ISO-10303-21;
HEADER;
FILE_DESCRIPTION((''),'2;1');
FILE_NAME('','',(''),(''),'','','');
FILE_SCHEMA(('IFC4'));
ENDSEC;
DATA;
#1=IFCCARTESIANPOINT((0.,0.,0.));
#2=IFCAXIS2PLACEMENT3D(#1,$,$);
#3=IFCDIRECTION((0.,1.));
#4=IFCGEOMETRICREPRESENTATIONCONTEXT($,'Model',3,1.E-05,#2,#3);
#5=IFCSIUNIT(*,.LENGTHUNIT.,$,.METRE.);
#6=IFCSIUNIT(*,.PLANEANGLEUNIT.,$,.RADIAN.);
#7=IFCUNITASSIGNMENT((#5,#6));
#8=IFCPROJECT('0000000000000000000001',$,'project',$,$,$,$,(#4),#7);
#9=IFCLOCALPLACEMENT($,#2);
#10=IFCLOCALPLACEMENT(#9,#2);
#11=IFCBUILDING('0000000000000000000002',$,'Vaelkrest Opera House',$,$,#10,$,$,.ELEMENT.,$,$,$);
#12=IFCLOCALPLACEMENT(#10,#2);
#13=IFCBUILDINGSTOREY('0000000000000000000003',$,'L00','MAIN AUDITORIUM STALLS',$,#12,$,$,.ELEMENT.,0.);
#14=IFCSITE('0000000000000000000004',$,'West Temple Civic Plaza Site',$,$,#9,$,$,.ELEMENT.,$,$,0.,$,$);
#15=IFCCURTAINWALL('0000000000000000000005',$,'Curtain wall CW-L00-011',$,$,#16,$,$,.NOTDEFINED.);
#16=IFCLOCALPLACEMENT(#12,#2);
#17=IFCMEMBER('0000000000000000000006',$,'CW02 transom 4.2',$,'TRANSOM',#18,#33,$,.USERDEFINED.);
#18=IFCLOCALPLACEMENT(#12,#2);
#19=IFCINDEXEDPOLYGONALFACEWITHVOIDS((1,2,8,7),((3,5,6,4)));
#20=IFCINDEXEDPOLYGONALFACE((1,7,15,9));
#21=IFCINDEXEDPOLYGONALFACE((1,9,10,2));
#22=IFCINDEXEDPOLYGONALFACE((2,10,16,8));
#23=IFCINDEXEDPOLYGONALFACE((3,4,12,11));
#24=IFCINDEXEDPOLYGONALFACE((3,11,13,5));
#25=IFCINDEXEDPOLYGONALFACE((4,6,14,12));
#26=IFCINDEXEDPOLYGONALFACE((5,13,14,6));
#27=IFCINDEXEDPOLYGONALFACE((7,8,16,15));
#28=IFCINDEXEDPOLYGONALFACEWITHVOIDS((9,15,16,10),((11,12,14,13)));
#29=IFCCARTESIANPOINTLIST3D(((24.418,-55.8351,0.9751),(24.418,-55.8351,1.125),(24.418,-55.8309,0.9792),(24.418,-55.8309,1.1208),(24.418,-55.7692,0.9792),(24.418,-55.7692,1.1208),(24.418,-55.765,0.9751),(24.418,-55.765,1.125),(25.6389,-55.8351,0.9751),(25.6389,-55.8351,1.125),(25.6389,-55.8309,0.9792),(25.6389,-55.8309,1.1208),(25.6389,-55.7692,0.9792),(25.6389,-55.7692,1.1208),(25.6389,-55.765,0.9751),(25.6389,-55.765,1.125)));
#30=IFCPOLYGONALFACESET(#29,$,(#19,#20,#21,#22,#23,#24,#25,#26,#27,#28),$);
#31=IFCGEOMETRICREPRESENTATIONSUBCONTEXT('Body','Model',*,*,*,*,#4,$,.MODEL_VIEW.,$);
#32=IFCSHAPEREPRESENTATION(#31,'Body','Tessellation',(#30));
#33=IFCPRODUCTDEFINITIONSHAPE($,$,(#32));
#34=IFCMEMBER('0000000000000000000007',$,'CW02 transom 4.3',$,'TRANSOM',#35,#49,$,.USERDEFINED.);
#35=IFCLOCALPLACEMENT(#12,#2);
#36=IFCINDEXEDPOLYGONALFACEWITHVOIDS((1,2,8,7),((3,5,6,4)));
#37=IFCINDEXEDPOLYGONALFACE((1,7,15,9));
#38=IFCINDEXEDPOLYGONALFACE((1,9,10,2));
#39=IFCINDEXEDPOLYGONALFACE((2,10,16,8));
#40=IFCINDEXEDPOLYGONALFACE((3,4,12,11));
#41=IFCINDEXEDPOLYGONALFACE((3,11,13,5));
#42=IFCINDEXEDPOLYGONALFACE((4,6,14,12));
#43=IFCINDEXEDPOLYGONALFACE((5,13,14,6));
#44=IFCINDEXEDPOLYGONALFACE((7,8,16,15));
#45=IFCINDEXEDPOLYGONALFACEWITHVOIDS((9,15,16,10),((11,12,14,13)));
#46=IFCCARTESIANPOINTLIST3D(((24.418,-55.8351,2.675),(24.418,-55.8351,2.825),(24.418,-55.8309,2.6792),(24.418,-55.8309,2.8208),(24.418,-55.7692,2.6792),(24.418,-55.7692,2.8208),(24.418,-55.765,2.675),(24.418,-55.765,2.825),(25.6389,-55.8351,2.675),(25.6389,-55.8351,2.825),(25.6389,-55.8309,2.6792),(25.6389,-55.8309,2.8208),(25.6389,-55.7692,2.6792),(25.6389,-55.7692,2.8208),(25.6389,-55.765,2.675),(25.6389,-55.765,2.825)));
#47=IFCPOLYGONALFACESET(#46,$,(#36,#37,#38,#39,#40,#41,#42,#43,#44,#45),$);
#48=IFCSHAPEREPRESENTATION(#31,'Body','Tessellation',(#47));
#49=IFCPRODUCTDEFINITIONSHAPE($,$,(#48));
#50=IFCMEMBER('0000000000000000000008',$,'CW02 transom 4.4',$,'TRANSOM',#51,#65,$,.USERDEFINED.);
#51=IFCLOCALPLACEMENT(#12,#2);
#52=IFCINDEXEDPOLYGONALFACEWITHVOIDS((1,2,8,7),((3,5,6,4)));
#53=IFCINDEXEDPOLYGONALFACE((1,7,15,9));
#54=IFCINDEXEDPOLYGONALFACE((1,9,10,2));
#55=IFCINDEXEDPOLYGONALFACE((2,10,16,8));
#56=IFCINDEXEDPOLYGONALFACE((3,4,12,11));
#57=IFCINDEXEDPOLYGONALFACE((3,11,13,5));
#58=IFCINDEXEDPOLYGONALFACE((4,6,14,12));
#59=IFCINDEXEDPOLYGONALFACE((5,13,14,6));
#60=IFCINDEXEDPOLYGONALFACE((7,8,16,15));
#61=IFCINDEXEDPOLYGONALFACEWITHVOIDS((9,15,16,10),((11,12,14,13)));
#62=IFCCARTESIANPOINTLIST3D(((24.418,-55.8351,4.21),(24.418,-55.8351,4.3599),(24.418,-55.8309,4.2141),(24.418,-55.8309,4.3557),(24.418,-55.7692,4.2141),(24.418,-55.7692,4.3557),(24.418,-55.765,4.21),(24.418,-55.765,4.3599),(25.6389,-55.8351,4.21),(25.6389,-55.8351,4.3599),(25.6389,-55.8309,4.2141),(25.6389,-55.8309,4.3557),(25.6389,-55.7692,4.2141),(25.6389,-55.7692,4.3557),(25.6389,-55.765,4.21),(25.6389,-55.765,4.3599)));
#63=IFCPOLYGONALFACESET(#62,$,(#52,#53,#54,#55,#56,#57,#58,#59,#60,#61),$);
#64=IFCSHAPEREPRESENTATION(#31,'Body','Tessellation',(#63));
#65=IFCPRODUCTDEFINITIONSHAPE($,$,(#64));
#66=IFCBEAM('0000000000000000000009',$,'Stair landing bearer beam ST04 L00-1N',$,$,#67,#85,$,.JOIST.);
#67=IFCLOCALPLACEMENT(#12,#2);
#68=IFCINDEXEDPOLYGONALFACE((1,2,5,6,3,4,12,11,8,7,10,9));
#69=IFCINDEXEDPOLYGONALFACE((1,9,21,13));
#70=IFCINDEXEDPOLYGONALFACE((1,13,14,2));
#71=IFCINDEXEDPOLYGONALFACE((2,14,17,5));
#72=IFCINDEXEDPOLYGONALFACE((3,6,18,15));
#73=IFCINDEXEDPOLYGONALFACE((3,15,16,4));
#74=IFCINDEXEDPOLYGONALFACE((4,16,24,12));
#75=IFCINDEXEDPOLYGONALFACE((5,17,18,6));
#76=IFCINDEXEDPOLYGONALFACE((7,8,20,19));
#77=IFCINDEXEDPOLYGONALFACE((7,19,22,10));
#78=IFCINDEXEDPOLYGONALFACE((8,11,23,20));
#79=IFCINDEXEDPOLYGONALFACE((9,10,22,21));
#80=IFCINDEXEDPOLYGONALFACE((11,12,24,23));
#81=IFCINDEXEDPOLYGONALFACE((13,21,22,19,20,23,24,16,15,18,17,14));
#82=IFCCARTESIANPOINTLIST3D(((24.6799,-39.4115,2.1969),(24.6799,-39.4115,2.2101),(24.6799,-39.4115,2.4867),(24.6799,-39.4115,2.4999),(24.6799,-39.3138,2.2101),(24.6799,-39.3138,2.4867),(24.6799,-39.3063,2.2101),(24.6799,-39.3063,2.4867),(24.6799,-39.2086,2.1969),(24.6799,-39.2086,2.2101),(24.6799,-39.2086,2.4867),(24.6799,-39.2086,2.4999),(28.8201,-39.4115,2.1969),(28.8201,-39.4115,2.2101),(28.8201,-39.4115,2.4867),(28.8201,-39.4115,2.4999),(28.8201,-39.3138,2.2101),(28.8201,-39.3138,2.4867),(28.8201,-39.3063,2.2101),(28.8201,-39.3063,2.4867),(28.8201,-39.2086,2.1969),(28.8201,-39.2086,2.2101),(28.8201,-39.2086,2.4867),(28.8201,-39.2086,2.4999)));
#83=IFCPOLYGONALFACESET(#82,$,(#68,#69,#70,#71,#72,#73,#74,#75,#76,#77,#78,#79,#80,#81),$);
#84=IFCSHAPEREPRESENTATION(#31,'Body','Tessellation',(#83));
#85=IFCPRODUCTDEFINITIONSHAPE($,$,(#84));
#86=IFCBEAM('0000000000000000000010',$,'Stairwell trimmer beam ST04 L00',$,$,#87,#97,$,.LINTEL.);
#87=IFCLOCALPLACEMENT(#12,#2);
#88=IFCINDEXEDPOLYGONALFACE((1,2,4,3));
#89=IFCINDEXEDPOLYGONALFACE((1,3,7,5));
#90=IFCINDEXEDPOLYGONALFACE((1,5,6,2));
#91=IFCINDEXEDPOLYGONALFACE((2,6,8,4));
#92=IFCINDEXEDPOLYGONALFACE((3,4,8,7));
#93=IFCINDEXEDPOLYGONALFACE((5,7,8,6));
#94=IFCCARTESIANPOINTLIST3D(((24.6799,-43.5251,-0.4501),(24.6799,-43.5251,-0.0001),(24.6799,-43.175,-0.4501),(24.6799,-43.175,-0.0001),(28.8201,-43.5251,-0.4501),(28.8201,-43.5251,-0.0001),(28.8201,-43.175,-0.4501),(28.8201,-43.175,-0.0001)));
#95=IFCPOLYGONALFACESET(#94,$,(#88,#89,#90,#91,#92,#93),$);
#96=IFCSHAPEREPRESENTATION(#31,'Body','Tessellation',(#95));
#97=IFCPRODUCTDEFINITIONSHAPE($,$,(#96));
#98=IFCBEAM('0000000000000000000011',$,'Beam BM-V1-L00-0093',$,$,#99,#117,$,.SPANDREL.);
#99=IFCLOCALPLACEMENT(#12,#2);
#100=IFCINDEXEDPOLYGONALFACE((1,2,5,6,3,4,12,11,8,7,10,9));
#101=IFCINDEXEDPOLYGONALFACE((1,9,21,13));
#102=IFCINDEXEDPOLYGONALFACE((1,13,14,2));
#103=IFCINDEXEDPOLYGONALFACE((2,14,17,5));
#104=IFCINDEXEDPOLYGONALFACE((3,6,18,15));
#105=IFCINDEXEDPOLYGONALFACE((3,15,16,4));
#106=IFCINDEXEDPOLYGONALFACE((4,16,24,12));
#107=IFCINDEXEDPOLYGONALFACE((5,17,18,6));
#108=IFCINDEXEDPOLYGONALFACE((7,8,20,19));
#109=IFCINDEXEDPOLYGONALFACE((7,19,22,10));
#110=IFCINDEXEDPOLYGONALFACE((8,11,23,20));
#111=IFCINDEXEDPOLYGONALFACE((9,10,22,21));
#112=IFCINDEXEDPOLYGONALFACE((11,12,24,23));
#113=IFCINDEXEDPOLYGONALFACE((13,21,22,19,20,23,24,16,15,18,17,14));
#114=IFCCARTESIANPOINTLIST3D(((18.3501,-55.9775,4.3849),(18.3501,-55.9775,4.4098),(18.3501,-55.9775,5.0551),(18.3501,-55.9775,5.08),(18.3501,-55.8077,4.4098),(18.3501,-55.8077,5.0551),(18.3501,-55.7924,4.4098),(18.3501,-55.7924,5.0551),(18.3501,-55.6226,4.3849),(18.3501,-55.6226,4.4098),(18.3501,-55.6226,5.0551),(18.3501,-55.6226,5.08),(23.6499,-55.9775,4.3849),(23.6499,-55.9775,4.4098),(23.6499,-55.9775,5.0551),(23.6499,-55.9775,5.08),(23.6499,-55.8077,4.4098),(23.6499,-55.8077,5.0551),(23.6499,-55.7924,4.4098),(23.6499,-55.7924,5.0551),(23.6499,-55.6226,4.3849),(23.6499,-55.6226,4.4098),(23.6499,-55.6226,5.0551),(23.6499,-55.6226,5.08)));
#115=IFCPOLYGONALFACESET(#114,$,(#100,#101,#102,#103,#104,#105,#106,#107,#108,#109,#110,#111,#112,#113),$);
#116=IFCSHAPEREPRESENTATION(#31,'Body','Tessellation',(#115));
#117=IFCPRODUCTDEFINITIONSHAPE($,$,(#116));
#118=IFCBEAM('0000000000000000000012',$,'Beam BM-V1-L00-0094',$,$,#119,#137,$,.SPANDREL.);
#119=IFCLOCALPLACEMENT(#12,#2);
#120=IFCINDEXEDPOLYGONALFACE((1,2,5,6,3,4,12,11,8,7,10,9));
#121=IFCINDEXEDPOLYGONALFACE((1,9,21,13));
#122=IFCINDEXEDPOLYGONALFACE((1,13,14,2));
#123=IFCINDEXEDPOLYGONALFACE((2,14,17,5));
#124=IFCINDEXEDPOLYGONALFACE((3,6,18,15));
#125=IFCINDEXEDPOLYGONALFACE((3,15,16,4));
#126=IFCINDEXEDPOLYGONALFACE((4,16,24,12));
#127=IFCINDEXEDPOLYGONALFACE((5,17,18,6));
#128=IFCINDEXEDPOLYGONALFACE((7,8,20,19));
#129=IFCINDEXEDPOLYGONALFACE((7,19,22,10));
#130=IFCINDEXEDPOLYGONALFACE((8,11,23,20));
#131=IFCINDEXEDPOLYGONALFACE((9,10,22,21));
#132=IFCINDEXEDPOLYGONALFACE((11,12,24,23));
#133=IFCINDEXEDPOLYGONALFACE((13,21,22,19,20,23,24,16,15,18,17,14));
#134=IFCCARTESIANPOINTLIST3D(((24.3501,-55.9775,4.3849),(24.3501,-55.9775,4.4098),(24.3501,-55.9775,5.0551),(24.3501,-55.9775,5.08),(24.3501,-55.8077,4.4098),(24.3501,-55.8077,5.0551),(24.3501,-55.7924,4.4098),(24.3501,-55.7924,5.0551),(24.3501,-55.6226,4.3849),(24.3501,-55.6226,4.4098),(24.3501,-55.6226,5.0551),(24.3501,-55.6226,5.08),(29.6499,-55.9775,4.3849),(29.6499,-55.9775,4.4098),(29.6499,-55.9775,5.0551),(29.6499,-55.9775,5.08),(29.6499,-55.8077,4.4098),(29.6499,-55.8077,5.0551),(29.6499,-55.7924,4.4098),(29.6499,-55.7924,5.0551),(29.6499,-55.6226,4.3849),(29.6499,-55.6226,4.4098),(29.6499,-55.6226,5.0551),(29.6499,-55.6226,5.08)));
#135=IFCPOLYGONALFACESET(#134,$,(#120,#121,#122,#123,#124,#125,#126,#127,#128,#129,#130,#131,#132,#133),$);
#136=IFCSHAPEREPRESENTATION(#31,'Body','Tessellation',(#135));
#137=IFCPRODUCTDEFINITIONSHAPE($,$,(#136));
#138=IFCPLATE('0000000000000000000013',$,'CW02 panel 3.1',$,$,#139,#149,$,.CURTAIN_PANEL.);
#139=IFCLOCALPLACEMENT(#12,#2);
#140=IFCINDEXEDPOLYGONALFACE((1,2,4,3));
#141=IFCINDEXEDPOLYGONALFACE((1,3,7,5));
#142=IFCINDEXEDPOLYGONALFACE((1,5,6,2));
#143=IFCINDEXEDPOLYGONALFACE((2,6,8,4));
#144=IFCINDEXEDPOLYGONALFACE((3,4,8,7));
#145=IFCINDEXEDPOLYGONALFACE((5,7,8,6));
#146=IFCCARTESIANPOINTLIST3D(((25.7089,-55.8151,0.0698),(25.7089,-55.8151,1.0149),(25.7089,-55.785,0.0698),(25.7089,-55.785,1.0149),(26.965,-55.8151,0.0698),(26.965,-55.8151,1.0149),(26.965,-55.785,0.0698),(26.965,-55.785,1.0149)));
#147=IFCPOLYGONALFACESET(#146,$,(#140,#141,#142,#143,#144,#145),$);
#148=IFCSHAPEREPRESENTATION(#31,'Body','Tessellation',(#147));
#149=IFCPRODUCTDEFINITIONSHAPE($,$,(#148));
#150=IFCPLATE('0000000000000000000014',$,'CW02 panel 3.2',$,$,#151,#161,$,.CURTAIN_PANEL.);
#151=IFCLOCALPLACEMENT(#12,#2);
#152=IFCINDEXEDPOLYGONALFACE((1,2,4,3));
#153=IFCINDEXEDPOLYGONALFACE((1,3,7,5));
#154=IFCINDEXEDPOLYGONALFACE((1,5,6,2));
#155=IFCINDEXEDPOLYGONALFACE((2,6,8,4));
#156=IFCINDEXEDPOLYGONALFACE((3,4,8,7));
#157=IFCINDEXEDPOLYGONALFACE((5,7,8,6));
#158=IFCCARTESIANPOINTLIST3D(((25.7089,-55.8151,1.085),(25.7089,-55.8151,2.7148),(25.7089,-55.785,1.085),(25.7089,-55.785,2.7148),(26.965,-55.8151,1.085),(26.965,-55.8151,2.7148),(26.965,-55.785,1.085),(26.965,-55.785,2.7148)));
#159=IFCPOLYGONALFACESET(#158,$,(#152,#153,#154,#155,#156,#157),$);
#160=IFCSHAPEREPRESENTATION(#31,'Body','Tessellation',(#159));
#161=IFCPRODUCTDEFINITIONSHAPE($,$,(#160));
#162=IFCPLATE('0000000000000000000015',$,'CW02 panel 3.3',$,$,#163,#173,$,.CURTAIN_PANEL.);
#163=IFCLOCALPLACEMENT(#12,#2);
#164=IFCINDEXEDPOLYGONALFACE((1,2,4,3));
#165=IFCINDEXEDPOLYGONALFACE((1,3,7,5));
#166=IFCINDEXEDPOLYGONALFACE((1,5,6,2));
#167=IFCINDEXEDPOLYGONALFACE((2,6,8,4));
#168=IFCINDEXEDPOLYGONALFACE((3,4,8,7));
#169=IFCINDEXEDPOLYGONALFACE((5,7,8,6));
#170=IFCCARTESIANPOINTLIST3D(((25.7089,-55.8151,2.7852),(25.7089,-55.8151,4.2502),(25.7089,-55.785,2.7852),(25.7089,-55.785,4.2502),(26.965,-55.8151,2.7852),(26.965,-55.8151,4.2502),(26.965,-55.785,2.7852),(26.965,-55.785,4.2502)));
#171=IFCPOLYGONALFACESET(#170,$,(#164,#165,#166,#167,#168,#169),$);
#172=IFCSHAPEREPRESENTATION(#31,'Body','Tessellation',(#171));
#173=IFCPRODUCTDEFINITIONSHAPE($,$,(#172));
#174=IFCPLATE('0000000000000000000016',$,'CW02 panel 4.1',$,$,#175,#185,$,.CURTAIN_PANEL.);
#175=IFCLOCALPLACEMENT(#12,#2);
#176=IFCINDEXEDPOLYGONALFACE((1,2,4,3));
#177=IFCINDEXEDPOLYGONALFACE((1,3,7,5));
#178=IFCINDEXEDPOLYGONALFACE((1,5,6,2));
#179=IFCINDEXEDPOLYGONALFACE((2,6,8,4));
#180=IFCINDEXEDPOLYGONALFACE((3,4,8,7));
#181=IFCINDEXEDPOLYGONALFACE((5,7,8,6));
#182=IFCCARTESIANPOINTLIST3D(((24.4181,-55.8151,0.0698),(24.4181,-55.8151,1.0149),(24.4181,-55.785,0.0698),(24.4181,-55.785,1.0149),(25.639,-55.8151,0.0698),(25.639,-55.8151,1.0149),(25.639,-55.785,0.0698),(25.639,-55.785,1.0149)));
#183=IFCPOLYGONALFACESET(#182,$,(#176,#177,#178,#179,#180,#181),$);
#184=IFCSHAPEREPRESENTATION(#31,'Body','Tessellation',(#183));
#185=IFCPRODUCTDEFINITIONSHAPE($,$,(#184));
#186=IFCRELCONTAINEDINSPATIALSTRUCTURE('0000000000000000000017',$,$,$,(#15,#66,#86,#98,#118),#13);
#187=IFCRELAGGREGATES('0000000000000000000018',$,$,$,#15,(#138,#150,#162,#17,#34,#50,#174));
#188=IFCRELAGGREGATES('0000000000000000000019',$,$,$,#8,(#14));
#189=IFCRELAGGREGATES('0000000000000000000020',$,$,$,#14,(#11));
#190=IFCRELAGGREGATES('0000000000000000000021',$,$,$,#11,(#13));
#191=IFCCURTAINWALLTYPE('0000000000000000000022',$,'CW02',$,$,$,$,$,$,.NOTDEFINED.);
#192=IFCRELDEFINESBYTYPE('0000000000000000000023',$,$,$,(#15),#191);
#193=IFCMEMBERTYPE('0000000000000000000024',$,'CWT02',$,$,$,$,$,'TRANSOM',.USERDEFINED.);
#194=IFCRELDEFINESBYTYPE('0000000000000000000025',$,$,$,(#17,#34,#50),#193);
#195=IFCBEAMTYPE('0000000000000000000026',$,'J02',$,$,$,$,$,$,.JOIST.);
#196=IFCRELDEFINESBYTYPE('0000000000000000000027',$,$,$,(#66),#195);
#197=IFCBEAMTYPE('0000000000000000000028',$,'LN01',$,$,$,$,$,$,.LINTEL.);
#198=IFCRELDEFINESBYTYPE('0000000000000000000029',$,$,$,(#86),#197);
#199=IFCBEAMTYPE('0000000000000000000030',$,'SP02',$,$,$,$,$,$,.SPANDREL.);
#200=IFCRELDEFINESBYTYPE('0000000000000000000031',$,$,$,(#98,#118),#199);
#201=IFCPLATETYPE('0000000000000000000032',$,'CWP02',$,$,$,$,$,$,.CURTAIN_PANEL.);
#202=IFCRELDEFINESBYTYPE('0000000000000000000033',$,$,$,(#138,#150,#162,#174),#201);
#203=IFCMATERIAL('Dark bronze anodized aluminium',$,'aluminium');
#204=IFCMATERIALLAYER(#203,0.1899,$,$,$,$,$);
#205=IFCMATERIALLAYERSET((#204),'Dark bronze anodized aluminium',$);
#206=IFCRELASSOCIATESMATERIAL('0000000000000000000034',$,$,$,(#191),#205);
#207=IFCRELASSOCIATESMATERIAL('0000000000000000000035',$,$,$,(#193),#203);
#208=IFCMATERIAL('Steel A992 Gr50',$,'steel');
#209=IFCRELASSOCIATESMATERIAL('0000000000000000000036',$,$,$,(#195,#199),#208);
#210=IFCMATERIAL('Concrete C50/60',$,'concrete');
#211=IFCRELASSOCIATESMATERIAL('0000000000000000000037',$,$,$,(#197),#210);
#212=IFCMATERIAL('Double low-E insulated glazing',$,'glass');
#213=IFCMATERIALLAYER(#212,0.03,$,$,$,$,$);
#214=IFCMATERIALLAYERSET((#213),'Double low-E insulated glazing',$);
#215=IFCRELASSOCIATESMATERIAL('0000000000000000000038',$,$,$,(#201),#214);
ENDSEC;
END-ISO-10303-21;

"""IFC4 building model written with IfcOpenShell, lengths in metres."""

from ifc_helpers import new_model, si_unit, direction, frame, origin, origin_2d, place, context, subcontext, project, spatial, rectangle, hollow_rectangle, i_section, extrude, material, layer, layer_set, material_profile, profile_set, type_object, element, aggregate, save


model = new_model("IFC4")

# Units and contexts
model_context = context("Model", 3, precision=1e-05, world=origin(), true_north=direction((0.0, 1.0)))
body_context = subcontext(model_context, "Body", "Model", "MODEL_VIEW")
ifc_project = project(units=[si_unit("LENGTHUNIT", "METRE"), si_unit("PLANEANGLEUNIT", "RADIAN")], contexts=[model_context])

# Site, building, storey
site_placement = place(None, origin())
site = spatial("IfcSite", under=ifc_project, at=site_placement, Name="West Temple Civic Plaza Site", CompositionType="ELEMENT", RefElevation=0.0)
building_placement = place(site_placement, origin())
building = spatial("IfcBuilding", under=site, at=building_placement, Name="Vaelkrest Opera House", CompositionType="ELEMENT")
storey_placement = place(building_placement, origin())
storey = spatial("IfcBuildingStorey", under=building, at=storey_placement, Name="L00", Description="MAIN AUDITORIUM STALLS", CompositionType="ELEMENT", Elevation=0.0)

# Shared definitions
ifc_material_1 = material(Name="Concrete C50/60", Category="concrete")

# Shared definitions
ifc_material_2 = material(Name="Steel A992 Gr50", Category="steel")

# Curtain wall, members
ifc_material_3 = material(Name="Dark bronze anodized aluminium", Category="aluminium")
ifc_layer_1 = layer(ifc_material_3, 0.1899)
ifc_layer_set_1 = layer_set([ifc_layer_1], Name="Dark bronze anodized aluminium")
curtain_wall_type = type_object("IfcCurtainWallType", Name="CW02", PredefinedType="NOTDEFINED", material=ifc_layer_set_1)
curtain_wall_placement = place(storey_placement, origin())
curtain_wall = element("IfcCurtainWall", 1, at=curtain_wall_placement, inside=storey, type_object=curtain_wall_type, Name="Curtain wall CW-L00-011", PredefinedType="NOTDEFINED")
ifc_material_profile_1 = material_profile(ifc_material_3, hollow_rectangle(XDim=0.0701, YDim=0.1499, WallThickness=0.0042, at=origin_2d()), Name="CWT70X150")
ifc_profile_set_1 = profile_set([ifc_material_profile_1], Name="Dark bronze anodized aluminium")
member_type_1 = type_object("IfcMemberType", Name="CWT02", ElementType="TRANSOM", PredefinedType="USERDEFINED", material=ifc_profile_set_1)
member_1_placement = place(storey_placement, frame((25.6389, -55.8, 1.05), z_axis=(-1.0, 0.0, 0.0), x_axis=(0.0, -1.0, 0.0)))
member_1 = element("IfcMember", 2, at=member_1_placement, type_object=member_type_1, Name="CW02 transom 4.2", ObjectType="TRANSOM", PredefinedType="USERDEFINED", context=body_context, shape_type="SweptSolid", body=[
    extrude(hollow_rectangle(XDim=0.0701, YDim=0.1499, WallThickness=0.0042, at=origin_2d()), origin(), (0.0, 0.0, 1.0), 1.2209),
])
member_2_placement = place(storey_placement, frame((25.6389, -55.8, 2.75), z_axis=(-1.0, 0.0, 0.0), x_axis=(0.0, -1.0, 0.0)))
member_2 = element("IfcMember", 3, at=member_2_placement, type_object=member_type_1, Name="CW02 transom 4.3", ObjectType="TRANSOM", PredefinedType="USERDEFINED", context=body_context, shape_type="SweptSolid", body=[
    extrude(hollow_rectangle(XDim=0.0701, YDim=0.1499, WallThickness=0.0042, at=origin_2d()), origin(), (0.0, 0.0, 1.0), 1.2209),
])
member_3_placement = place(storey_placement, frame((25.6389, -55.8, 4.2849), z_axis=(-1.0, 0.0, 0.0), x_axis=(0.0, -1.0, 0.0)))
member_3 = element("IfcMember", 4, at=member_3_placement, type_object=member_type_1, Name="CW02 transom 4.4", ObjectType="TRANSOM", PredefinedType="USERDEFINED", context=body_context, shape_type="SweptSolid", body=[
    extrude(hollow_rectangle(XDim=0.0701, YDim=0.1499, WallThickness=0.0042, at=origin_2d()), origin(), (0.0, 0.0, 1.0), 1.2209),
])

# Beams
ifc_material_profile_2 = material_profile(ifc_material_2, i_section(OverallWidth=0.2029, OverallDepth=0.303, WebThickness=0.0076, FlangeThickness=0.0132, at=origin_2d()), Name="W12X40")
ifc_profile_set_2 = profile_set([ifc_material_profile_2], Name="Steel A992 Gr50")
beam_type_1 = type_object("IfcBeamType", Name="J02", PredefinedType="JOIST", material=ifc_profile_set_2)
beam_1_placement = place(storey_placement, frame((24.6799, -39.3101, 2.3484), z_axis=(1.0, 0.0, 0.0), x_axis=(0.0, 1.0, 0.0)))
element("IfcBeam", 5, at=beam_1_placement, inside=storey, type_object=beam_type_1, Name="Stair landing bearer beam ST04 L00-1N", PredefinedType="JOIST", context=body_context, shape_type="SweptSolid", body=[
    extrude(i_section(OverallWidth=0.2029, OverallDepth=0.303, WebThickness=0.0076, FlangeThickness=0.0132, at=origin_2d()), origin(), (0.0, 0.0, 1.0), 4.1401),
])
ifc_material_profile_3 = material_profile(ifc_material_1, rectangle(XDim=0.3501, YDim=0.45, at=origin_2d()), Name="RCB350X450")
ifc_profile_set_3 = profile_set([ifc_material_profile_3], Name="Concrete C50/60")
beam_type_2 = type_object("IfcBeamType", Name="LN01", PredefinedType="LINTEL", material=ifc_profile_set_3)
beam_2_placement = place(storey_placement, frame((24.6799, -43.3501, -0.2251), z_axis=(1.0, 0.0, 0.0), x_axis=(0.0, 1.0, 0.0)))
element("IfcBeam", 6, at=beam_2_placement, inside=storey, type_object=beam_type_2, Name="Stairwell trimmer beam ST04 L00", PredefinedType="LINTEL", context=body_context, shape_type="SweptSolid", body=[
    extrude(rectangle(XDim=0.3501, YDim=0.45, at=origin_2d()), origin(), (0.0, 0.0, 1.0), 4.1401),
])
ifc_material_profile_4 = material_profile(ifc_material_2, i_section(OverallWidth=0.355, OverallDepth=0.6951, WebThickness=0.0154, FlangeThickness=0.0249, at=origin_2d()), Name="W27X146")
ifc_profile_set_4 = profile_set([ifc_material_profile_4], Name="Steel A992 Gr50")
beam_type_3 = type_object("IfcBeamType", Name="SP02", PredefinedType="SPANDREL", material=ifc_profile_set_4)
for number, where, z_axis, x_axis, name in (
    (7, (18.3501, -55.8, 4.7324), (1.0, 0.0, 0.0), (0.0, 1.0, 0.0), "Beam BM-V1-L00-0093"),
    (8, (24.3501, -55.8, 4.7324), (1.0, 0.0, 0.0), (0.0, 1.0, 0.0), "Beam BM-V1-L00-0094"),
):
    element("IfcBeam", number, at=place(storey_placement, frame(where, z_axis=z_axis, x_axis=x_axis)), inside=storey, type_object=beam_type_3, Name=name, PredefinedType="SPANDREL", context=body_context, shape_type="SweptSolid", body=[
        extrude(i_section(OverallWidth=0.355, OverallDepth=0.6951, WebThickness=0.0154, FlangeThickness=0.0249, at=origin_2d()), origin(), (0.0, 0.0, 1.0), 5.2998),
    ])

# Plates
ifc_material_4 = material(Name="Double low-E insulated glazing", Category="glass")
ifc_layer_2 = layer(ifc_material_4, 0.03)
ifc_layer_set_2 = layer_set([ifc_layer_2], Name="Double low-E insulated glazing")
plate_type = type_object("IfcPlateType", Name="CWP02", PredefinedType="CURTAIN_PANEL", material=ifc_layer_set_2)
plate_1_placement = place(storey_placement, frame((26.3369, -55.8, 0.0698), z_axis=(0.0, 0.0, 1.0), x_axis=(-1.0, 0.0, 0.0)))
plate_1 = element("IfcPlate", 9, at=plate_1_placement, type_object=plate_type, Name="CW02 panel 3.1", PredefinedType="CURTAIN_PANEL", context=body_context, shape_type="SweptSolid", body=[
    extrude(rectangle(XDim=1.2561, YDim=0.03, at=origin_2d()), origin(), (0.0, 0.0, 1.0), 0.9451),
])
plate_2_placement = place(storey_placement, frame((26.3369, -55.8, 1.085), z_axis=(0.0, 0.0, 1.0), x_axis=(-1.0, 0.0, 0.0)))
plate_2 = element("IfcPlate", 10, at=plate_2_placement, type_object=plate_type, Name="CW02 panel 3.2", PredefinedType="CURTAIN_PANEL", context=body_context, shape_type="SweptSolid", body=[
    extrude(rectangle(XDim=1.2561, YDim=0.03, at=origin_2d()), origin(), (0.0, 0.0, 1.0), 1.6299),
])
plate_3_placement = place(storey_placement, frame((26.3369, -55.8, 2.7852), z_axis=(0.0, 0.0, 1.0), x_axis=(-1.0, 0.0, 0.0)))
plate_3 = element("IfcPlate", 11, at=plate_3_placement, type_object=plate_type, Name="CW02 panel 3.3", PredefinedType="CURTAIN_PANEL", context=body_context, shape_type="SweptSolid", body=[
    extrude(rectangle(XDim=1.2561, YDim=0.03, at=origin_2d()), origin(), (0.0, 0.0, 1.0), 1.4651),
])
plate_4_placement = place(storey_placement, frame((25.0286, -55.8, 0.0698), z_axis=(0.0, 0.0, 1.0), x_axis=(-1.0, 0.0, 0.0)))
plate_4 = element("IfcPlate", 12, at=plate_4_placement, type_object=plate_type, Name="CW02 panel 4.1", PredefinedType="CURTAIN_PANEL", context=body_context, shape_type="SweptSolid", body=[
    extrude(rectangle(XDim=1.2209, YDim=0.03, at=origin_2d()), origin(), (0.0, 0.0, 1.0), 0.9451),
])
aggregate(curtain_wall, [plate_1, plate_2, plate_3, member_1, member_2, member_3, plate_4])

save(model, "model.ifc")
